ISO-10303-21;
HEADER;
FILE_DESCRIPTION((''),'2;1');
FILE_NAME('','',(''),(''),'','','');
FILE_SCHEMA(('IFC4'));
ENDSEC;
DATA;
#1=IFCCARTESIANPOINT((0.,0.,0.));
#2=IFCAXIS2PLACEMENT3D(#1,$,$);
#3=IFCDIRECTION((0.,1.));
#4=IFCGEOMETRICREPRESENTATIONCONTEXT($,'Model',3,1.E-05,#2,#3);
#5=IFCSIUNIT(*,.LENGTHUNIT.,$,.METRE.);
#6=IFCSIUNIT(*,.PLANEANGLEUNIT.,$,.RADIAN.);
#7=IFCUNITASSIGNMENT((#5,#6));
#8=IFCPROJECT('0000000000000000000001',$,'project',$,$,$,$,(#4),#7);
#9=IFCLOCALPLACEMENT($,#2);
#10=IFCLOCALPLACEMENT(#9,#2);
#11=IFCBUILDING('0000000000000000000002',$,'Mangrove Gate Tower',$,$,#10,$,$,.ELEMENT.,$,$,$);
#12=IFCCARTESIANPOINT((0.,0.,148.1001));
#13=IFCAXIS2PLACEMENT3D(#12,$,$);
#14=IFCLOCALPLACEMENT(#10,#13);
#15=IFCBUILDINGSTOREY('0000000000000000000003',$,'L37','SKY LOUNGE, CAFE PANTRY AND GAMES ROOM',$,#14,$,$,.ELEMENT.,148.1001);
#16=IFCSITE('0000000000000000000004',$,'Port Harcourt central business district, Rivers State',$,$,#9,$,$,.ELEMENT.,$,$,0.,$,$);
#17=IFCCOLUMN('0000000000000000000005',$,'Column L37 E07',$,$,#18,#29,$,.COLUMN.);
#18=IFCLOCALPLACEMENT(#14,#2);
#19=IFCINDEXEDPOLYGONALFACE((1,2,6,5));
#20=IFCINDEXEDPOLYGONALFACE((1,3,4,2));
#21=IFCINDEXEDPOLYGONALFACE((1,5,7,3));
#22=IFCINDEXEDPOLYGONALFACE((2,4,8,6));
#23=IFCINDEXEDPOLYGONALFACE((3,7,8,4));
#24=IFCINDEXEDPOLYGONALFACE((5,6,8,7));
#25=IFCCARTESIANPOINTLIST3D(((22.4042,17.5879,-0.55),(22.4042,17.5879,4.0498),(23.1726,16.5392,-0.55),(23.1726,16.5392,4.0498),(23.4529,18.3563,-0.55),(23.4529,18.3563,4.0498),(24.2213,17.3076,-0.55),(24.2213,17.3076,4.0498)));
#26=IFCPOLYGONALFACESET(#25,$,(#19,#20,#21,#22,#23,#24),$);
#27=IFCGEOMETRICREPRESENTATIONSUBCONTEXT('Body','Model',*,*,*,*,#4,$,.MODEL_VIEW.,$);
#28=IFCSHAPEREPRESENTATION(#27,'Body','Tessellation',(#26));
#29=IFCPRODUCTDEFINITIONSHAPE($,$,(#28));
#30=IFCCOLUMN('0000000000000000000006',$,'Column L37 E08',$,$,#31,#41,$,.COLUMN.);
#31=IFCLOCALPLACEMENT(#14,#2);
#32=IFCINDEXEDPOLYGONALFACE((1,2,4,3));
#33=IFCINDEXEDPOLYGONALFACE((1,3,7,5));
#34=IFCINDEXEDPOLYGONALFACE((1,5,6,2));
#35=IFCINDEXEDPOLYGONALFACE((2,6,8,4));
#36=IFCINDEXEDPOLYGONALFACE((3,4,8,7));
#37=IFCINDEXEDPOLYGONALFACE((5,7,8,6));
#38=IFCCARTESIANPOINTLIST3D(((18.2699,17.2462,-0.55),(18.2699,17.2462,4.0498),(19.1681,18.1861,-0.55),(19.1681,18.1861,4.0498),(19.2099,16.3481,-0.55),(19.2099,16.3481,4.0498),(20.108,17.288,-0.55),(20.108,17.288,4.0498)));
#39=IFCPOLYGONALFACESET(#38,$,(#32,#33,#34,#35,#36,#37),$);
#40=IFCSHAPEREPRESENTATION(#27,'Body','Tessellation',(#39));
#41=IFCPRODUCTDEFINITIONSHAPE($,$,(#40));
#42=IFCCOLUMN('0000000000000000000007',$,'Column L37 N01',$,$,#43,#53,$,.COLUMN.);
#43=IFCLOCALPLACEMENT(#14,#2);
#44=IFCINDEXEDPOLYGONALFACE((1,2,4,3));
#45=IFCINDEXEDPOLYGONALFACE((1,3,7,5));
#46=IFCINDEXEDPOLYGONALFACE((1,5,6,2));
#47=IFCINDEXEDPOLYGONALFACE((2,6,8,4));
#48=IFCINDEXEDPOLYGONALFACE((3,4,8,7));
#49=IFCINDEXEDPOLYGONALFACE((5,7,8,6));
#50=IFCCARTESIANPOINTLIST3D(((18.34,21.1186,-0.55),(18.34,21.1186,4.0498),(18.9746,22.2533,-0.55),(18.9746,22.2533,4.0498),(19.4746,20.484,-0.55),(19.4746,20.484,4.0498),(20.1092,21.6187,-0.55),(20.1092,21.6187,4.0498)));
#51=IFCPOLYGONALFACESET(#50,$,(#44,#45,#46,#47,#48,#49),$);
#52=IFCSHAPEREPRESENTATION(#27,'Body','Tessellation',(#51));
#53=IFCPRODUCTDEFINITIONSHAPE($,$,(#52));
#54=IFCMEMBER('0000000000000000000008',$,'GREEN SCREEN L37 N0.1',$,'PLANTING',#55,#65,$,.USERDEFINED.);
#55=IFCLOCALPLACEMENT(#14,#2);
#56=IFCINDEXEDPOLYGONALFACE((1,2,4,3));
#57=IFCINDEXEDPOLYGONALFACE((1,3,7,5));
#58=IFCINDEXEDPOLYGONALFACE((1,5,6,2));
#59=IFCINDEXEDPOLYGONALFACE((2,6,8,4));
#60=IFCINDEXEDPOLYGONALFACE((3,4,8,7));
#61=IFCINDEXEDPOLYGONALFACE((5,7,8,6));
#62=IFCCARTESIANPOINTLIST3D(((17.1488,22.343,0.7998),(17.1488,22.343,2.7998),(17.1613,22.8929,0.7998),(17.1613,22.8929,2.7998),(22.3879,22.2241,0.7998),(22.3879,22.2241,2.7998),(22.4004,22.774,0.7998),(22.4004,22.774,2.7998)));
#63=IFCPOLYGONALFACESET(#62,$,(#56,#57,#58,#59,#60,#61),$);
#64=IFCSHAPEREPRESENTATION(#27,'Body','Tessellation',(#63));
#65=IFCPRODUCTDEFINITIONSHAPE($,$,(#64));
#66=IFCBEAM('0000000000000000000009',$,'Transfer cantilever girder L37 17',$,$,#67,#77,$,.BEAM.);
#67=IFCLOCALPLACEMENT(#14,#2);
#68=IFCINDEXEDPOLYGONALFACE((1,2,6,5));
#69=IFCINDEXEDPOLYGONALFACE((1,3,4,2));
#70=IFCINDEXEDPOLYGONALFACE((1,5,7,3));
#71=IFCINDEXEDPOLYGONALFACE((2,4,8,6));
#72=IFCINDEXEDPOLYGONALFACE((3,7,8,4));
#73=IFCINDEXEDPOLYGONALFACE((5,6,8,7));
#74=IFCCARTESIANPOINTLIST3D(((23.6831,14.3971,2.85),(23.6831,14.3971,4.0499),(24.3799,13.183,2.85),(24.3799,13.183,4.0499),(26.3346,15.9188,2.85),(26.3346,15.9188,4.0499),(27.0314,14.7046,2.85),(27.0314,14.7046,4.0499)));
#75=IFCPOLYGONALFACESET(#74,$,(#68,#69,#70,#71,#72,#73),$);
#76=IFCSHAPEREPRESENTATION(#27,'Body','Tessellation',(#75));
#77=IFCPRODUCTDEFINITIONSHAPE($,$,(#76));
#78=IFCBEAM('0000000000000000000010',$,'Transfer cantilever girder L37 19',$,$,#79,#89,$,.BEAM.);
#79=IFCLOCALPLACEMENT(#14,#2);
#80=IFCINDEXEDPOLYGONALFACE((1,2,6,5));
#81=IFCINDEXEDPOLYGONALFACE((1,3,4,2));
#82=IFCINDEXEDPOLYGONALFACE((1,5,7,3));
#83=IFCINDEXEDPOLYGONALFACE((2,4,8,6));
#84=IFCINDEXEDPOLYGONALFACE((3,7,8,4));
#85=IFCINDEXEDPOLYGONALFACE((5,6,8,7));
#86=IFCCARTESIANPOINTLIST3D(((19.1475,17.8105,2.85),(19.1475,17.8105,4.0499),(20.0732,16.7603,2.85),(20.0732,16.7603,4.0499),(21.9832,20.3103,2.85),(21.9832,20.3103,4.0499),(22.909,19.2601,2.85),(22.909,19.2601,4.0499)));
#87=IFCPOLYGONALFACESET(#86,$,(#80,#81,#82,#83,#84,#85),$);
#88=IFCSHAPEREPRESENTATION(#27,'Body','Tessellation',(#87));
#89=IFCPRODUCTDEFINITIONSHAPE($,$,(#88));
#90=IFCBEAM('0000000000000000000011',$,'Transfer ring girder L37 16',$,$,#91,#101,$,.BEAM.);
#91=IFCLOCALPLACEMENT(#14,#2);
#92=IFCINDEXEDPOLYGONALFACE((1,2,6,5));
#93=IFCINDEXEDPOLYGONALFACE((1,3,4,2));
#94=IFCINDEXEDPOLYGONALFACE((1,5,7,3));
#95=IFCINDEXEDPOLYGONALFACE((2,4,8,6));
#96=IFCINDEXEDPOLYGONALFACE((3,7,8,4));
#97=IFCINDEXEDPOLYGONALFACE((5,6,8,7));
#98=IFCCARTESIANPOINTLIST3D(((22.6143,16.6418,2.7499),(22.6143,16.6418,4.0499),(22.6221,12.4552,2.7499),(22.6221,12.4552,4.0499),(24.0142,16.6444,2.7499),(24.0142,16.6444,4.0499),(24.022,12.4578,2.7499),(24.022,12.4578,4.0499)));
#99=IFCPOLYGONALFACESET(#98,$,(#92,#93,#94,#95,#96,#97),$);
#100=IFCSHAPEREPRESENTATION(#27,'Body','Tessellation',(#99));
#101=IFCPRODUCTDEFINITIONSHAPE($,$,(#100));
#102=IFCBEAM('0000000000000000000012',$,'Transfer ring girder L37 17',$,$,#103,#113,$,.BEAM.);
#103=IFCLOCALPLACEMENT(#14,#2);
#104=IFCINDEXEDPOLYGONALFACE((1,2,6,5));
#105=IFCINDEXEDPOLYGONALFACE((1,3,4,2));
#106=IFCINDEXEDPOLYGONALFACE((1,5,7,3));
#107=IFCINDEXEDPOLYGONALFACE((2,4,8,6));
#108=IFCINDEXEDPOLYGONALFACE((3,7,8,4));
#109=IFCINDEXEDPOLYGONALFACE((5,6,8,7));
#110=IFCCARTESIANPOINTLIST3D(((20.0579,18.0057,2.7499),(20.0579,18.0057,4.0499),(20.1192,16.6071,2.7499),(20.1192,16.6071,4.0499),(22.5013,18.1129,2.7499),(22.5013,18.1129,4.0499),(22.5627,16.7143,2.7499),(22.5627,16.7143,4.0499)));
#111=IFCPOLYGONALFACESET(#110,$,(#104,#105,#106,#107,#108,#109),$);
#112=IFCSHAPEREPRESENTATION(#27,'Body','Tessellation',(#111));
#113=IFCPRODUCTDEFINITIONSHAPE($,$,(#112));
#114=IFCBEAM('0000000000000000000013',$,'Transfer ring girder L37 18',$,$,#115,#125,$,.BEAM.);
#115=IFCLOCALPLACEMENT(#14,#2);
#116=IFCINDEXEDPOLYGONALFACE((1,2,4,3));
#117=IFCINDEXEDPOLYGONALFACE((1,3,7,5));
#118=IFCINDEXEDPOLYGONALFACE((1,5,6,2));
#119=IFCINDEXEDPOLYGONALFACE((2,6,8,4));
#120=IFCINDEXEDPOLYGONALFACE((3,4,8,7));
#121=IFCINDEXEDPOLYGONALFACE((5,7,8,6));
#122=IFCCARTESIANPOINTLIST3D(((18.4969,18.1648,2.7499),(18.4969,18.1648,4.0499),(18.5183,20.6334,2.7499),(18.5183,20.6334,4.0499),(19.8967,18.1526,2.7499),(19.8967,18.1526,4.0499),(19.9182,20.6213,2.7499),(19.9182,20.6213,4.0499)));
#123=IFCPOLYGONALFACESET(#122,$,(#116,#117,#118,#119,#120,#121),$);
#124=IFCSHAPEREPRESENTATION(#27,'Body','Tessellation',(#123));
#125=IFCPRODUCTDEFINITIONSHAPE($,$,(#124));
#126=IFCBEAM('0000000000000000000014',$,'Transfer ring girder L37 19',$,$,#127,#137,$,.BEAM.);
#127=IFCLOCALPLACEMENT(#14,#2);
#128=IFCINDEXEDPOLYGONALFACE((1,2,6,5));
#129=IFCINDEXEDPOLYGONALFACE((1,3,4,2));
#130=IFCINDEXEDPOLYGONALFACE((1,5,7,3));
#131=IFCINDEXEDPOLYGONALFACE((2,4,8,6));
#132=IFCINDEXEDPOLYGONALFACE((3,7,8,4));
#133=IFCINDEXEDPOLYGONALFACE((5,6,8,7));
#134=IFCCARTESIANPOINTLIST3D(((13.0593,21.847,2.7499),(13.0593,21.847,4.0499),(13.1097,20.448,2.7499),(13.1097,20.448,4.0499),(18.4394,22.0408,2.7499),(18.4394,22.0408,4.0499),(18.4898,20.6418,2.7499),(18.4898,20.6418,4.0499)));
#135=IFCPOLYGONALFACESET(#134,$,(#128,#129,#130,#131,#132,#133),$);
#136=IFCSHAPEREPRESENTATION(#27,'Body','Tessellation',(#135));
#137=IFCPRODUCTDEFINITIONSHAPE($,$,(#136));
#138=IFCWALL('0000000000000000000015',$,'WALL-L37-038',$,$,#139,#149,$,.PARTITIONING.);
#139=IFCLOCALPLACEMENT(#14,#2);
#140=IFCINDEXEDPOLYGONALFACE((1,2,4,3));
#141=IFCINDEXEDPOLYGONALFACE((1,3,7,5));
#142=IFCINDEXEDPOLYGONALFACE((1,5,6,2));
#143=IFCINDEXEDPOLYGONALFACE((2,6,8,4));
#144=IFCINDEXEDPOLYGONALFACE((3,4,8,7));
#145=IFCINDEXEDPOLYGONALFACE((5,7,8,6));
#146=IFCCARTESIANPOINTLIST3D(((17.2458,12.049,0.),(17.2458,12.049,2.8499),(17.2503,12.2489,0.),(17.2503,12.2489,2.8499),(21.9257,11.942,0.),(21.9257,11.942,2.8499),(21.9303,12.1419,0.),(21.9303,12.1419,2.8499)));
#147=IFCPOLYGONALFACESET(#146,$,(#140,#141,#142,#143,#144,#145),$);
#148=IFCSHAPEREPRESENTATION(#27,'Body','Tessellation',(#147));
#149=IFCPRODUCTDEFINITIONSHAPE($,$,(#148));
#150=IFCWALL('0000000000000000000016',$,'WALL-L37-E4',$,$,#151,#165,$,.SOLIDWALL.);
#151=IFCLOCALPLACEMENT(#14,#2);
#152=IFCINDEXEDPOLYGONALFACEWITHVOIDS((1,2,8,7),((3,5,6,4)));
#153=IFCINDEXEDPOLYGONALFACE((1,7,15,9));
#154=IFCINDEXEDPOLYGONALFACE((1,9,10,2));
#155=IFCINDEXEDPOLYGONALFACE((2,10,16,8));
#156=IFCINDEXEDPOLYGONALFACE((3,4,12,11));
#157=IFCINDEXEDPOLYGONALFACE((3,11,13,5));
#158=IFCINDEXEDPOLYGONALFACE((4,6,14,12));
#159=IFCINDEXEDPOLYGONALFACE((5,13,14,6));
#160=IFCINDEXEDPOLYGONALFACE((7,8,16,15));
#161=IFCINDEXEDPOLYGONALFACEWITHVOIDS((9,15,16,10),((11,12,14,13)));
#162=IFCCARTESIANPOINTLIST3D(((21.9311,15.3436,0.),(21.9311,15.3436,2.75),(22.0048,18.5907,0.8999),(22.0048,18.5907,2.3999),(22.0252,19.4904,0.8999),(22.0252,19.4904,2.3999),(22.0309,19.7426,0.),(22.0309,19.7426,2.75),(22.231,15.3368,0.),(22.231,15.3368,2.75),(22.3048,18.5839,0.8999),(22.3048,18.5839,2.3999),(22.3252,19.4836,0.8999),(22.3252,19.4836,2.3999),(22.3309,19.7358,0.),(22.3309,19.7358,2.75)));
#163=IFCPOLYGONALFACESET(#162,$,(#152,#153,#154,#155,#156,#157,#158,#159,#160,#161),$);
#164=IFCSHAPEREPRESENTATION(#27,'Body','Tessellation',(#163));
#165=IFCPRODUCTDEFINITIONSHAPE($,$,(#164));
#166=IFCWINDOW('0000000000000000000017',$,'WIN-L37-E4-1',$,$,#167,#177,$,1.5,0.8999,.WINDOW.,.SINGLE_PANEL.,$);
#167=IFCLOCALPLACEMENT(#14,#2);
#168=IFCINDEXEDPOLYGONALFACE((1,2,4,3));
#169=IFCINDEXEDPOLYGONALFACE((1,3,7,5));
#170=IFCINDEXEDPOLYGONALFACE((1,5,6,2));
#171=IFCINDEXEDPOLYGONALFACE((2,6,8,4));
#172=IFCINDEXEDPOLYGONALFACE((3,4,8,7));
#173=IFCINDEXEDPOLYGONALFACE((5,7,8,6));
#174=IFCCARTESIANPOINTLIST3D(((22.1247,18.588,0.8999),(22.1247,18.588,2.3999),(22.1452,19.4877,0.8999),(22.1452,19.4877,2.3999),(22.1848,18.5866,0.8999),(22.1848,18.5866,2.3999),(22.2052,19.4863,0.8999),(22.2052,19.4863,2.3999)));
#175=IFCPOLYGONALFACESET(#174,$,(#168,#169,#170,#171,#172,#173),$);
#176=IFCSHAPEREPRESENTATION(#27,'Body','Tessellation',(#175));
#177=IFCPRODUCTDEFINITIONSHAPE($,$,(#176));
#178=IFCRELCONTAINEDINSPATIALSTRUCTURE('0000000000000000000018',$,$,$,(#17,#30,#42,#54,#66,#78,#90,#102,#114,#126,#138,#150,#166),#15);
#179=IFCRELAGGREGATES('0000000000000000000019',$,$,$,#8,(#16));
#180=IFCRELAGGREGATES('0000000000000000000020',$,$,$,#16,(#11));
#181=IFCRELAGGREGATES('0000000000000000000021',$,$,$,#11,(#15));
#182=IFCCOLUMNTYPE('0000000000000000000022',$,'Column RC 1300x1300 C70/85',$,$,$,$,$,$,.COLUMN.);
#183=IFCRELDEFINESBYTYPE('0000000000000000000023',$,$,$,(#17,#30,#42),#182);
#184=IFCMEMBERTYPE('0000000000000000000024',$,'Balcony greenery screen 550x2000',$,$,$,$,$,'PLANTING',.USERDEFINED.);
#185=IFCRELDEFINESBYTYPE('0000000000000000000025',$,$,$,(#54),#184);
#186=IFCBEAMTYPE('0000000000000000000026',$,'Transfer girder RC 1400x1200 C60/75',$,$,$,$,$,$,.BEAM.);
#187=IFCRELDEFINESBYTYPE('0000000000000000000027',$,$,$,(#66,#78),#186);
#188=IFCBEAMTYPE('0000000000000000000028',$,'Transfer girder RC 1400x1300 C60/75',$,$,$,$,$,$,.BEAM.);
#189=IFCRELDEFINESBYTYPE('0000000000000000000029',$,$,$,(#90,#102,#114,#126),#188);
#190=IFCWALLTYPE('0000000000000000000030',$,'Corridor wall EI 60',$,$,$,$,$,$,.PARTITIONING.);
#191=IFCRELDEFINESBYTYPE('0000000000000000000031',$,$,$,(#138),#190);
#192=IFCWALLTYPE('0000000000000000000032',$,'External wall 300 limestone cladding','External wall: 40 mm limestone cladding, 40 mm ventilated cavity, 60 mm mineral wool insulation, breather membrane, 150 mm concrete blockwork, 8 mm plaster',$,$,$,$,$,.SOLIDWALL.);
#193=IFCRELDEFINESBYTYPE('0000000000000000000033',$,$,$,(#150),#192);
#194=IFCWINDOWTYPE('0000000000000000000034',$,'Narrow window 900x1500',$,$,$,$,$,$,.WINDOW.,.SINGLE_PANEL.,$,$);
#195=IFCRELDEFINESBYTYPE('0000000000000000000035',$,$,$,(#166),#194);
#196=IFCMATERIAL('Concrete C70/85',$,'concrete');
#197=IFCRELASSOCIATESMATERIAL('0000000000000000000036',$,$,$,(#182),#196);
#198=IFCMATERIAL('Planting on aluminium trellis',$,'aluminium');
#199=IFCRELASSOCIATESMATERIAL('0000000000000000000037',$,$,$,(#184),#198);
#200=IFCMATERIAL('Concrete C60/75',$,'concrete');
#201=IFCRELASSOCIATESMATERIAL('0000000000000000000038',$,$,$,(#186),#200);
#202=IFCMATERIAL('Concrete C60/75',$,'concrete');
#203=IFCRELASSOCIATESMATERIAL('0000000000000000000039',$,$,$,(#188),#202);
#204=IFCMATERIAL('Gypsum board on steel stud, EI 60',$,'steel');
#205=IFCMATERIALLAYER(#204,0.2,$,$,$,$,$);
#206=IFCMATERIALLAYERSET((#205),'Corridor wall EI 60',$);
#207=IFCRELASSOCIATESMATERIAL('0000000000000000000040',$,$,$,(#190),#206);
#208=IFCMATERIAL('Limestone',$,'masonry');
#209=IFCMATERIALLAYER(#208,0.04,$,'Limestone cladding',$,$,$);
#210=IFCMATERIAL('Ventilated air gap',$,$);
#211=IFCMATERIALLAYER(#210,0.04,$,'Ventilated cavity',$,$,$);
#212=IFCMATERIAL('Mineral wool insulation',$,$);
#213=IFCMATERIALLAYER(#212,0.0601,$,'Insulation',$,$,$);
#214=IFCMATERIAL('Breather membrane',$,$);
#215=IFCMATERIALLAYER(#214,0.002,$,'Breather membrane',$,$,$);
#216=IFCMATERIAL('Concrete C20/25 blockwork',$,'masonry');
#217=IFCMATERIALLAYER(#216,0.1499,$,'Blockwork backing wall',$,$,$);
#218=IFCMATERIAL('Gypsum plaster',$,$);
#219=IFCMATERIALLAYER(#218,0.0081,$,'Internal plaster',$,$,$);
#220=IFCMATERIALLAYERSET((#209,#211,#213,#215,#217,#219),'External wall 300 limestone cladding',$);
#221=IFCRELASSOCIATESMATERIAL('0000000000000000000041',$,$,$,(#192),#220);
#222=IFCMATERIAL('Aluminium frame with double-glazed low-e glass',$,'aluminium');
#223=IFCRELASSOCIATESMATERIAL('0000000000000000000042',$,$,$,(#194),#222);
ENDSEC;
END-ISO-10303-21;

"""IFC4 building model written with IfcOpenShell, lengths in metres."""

from ifc_helpers import new_model, si_unit, direction, frame, frame_2d, origin, origin_2d, place, context, subcontext, project, spatial, rectangle, extrude, material, layer, layer_set, material_profile, profile_set, type_object, element, fill, save


model = new_model("IFC4")

# Units and contexts
model_context = context("Model", 3, precision=1e-05, world=origin(), true_north=direction((0.0, 1.0)))
body_context = subcontext(model_context, "Body", "Model", "MODEL_VIEW")
ifc_project = project(units=[si_unit("LENGTHUNIT", "METRE"), si_unit("PLANEANGLEUNIT", "RADIAN")], contexts=[model_context])

# Site, building, storey
site_placement = place(None, origin())
site = spatial("IfcSite", under=ifc_project, at=site_placement, Name="Port Harcourt central business district, Rivers State", CompositionType="ELEMENT", RefElevation=0.0)
building_placement = place(site_placement, origin())
building = spatial("IfcBuilding", under=site, at=building_placement, Name="Mangrove Gate Tower", CompositionType="ELEMENT")
storey_placement = place(building_placement, frame((0.0, 0.0, 148.1001)))
storey = spatial("IfcBuildingStorey", under=building, at=storey_placement, Name="L37", Description="SKY LOUNGE, CAFE PANTRY AND GAMES ROOM", CompositionType="ELEMENT", Elevation=148.1001)

# Columns
ifc_material_1 = material(Name="Concrete C70/85", Category="concrete")
ifc_material_profile_1 = material_profile(ifc_material_1, rectangle(XDim=1.3, YDim=1.3, at=origin_2d()))
ifc_profile_set_1 = profile_set([ifc_material_profile_1], Name="Concrete C70/85")
column_type = type_object("IfcColumnType", Name="Column RC 1300x1300 C70/85", PredefinedType="COLUMN", material=ifc_profile_set_1)
for number, where, z_axis, x_axis, name in (
    (1, (23.3127, 17.4478, -0.55), (0.0, 0.0, 1.0), (-0.591062, 0.806626, 0.0), "Column L37 E07"),
    (2, (19.189, 17.2671, -0.55), (0.0, 0.0, 1.0), (-0.723, 0.690848, 0.0), "Column L37 E08"),
    (3, (19.2246, 21.3687, -0.55), (0.0, 0.0, 1.0), (-0.872768, 0.488136, 0.0), "Column L37 N01"),
):
    element("IfcColumn", number, at=place(storey_placement, frame(where, z_axis=z_axis, x_axis=x_axis)), inside=storey, type_object=column_type, Name=name, PredefinedType="COLUMN", context=body_context, shape_type="SweptSolid", body=[
        extrude(rectangle(XDim=1.3, YDim=1.3, at=origin_2d()), origin(), (0.0, 0.0, 1.0), 4.5999),
    ])

# Member
ifc_material_2 = material(Name="Planting on aluminium trellis", Category="aluminium")
ifc_material_profile_2 = material_profile(ifc_material_2, rectangle(XDim=0.55, YDim=2.0, at=origin_2d()))
ifc_profile_set_2 = profile_set([ifc_material_profile_2], Name="Planting on aluminium trellis")
member_type = type_object("IfcMemberType", Name="Balcony greenery screen 550x2000", ElementType="PLANTING", PredefinedType="USERDEFINED", material=ifc_profile_set_2)
member_placement = place(storey_placement, frame((17.155, 22.6179, 1.7998), z_axis=(0.999743, -0.022689, 0.0), x_axis=(0.022689, 0.999743, 0.0)))
element("IfcMember", 4, at=member_placement, inside=storey, type_object=member_type, Name="GREEN SCREEN L37 N0.1", ObjectType="PLANTING", PredefinedType="USERDEFINED", context=body_context, shape_type="SweptSolid", body=[
    extrude(rectangle(XDim=0.55, YDim=2.0, at=origin_2d()), origin(), (0.0, 0.0, 1.0), 5.2405),
])

# Beams
ifc_material_3 = material(Name="Concrete C60/75", Category="concrete")
ifc_material_profile_3 = material_profile(ifc_material_3, rectangle(XDim=1.3999, YDim=1.2, at=origin_2d()))
ifc_profile_set_3 = profile_set([ifc_material_profile_3], Name="Concrete C60/75")
beam_type_1 = type_object("IfcBeamType", Name="Transfer girder RC 1400x1200 C60/75", PredefinedType="BEAM", material=ifc_profile_set_3)
beam_1_placement = place(storey_placement, frame((24.0315, 13.79, 3.45), z_axis=(0.867323, 0.497746, 0.0), x_axis=(-0.497746, 0.867323, 0.0)))
element("IfcBeam", 5, at=beam_1_placement, inside=storey, type_object=beam_type_1, Name="Transfer cantilever girder L37 17", PredefinedType="BEAM", context=body_context, shape_type="SweptSolid", body=[
    extrude(rectangle(XDim=1.3999, YDim=1.2, at=origin_2d()), origin(), (0.0, 0.0, 1.0), 3.0571),
])
beam_2_placement = place(storey_placement, frame((19.6104, 17.2854, 3.45), z_axis=(0.750143, 0.661276, 0.0), x_axis=(-0.661276, 0.750143, 0.0)))
element("IfcBeam", 6, at=beam_2_placement, inside=storey, type_object=beam_type_1, Name="Transfer cantilever girder L37 19", PredefinedType="BEAM", context=body_context, shape_type="SweptSolid", body=[
    extrude(rectangle(XDim=1.3999, YDim=1.2, at=origin_2d()), origin(), (0.0, 0.0, 1.0), 3.7803),
])
ifc_material_4 = material(Name="Concrete C60/75", Category="concrete")
ifc_material_profile_4 = material_profile(ifc_material_4, rectangle(XDim=1.3999, YDim=1.3, at=origin_2d()))
ifc_profile_set_4 = profile_set([ifc_material_profile_4], Name="Concrete C60/75")
beam_type_2 = type_object("IfcBeamType", Name="Transfer girder RC 1400x1300 C60/75", PredefinedType="BEAM", material=ifc_profile_set_4)
beam_3_placement = place(storey_placement, frame((23.322, 12.4565, 3.3999), z_axis=(-0.001866, 0.999998, 0.0), x_axis=(-0.999998, -0.001866, 0.0)))
element("IfcBeam", 7, at=beam_3_placement, inside=storey, type_object=beam_type_2, Name="Transfer ring girder L37 16", PredefinedType="BEAM", context=body_context, shape_type="SweptSolid", body=[
    extrude(rectangle(XDim=1.3999, YDim=1.3, at=origin_2d()), origin(), (0.0, 0.0, 1.0), 4.1865),
])
beam_4_placement = place(storey_placement, frame((22.532, 17.4136, 3.3999), z_axis=(-0.999039, -0.043823, 0.0), x_axis=(0.043823, -0.999039, 0.0)))
element("IfcBeam", 8, at=beam_4_placement, inside=storey, type_object=beam_type_2, Name="Transfer ring girder L37 17", PredefinedType="BEAM", context=body_context, shape_type="SweptSolid", body=[
    extrude(rectangle(XDim=1.3999, YDim=1.3, at=origin_2d()), origin(), (0.0, 0.0, 1.0), 2.4458),
])
beam_5_placement = place(storey_placement, frame((19.1968, 18.1587, 3.3999), z_axis=(0.008702, 0.999962, 0.0), x_axis=(-0.999962, 0.008702, 0.0)))
element("IfcBeam", 9, at=beam_5_placement, inside=storey, type_object=beam_type_2, Name="Transfer ring girder L37 18", PredefinedType="BEAM", context=body_context, shape_type="SweptSolid", body=[
    extrude(rectangle(XDim=1.3999, YDim=1.3, at=origin_2d()), origin(), (0.0, 0.0, 1.0), 2.4688),
])
beam_6_placement = place(storey_placement, frame((18.4646, 21.3413, 3.3999), z_axis=(-0.999352, -0.036007, 0.0), x_axis=(0.036007, -0.999352, 0.0)))
element("IfcBeam", 10, at=beam_6_placement, inside=storey, type_object=beam_type_2, Name="Transfer ring girder L37 19", PredefinedType="BEAM", context=body_context, shape_type="SweptSolid", body=[
    extrude(rectangle(XDim=1.3999, YDim=1.3, at=origin_2d()), origin(), (0.0, 0.0, 1.0), 5.3835),
])

# Wall
ifc_material_5 = material(Name="Gypsum board on steel stud, EI 60", Category="steel")
ifc_layer_1 = layer(ifc_material_5, 0.2)
ifc_layer_set_1 = layer_set([ifc_layer_1], Name="Corridor wall EI 60")
wall_type_1 = type_object("IfcWallType", Name="Corridor wall EI 60", PredefinedType="PARTITIONING", material=ifc_layer_set_1)
wall_1_placement = place(storey_placement, frame((17.248, 12.1489, 0.0), z_axis=(0.0, 0.0, 1.0), x_axis=(0.999739, -0.022843, 0.0)))
element("IfcWall", 11, at=wall_1_placement, inside=storey, type_object=wall_type_1, Name="WALL-L37-038", PredefinedType="PARTITIONING", context=body_context, shape_type="SweptSolid", body=[
    extrude(rectangle(XDim=4.6812, YDim=0.2, at=frame_2d((2.3406, 0.0))), origin(), (0.0, 0.0, 1.0), 2.8499),
])

# Shared definitions
ifc_material_6 = material(Name="Limestone", Category="masonry")
ifc_layer_2 = layer(ifc_material_6, 0.04, Name="Limestone cladding")
ifc_material_7 = material(Name="Ventilated air gap")
ifc_layer_3 = layer(ifc_material_7, 0.04, Name="Ventilated cavity")
ifc_material_8 = material(Name="Mineral wool insulation")
ifc_layer_4 = layer(ifc_material_8, 0.0601, Name="Insulation")
ifc_material_9 = material(Name="Breather membrane")
ifc_layer_5 = layer(ifc_material_9, 0.002, Name="Breather membrane")
ifc_material_10 = material(Name="Concrete C20/25 blockwork", Category="masonry")
ifc_layer_6 = layer(ifc_material_10, 0.1499, Name="Blockwork backing wall")
ifc_material_11 = material(Name="Gypsum plaster")
ifc_layer_7 = layer(ifc_material_11, 0.0081, Name="Internal plaster")
ifc_layer_set_2 = layer_set([ifc_layer_2, ifc_layer_3, ifc_layer_4, ifc_layer_5, ifc_layer_6, ifc_layer_7], Name="External wall 300 limestone cladding")
wall_type_2 = type_object("IfcWallType", Name="External wall 300 limestone cladding", Description="External wall: 40 mm limestone cladding, 40 mm ventilated cavity, 60 mm mineral wool insulation, breather membrane, 150 mm concrete blockwork, 8 mm plaster", PredefinedType="SOLIDWALL", material=ifc_layer_set_2)

# Wall, opening, window
wall_2_placement = place(storey_placement, frame((22.0811, 15.3401, 0.0), z_axis=(0.0, 0.0, 1.0), x_axis=(0.022694, 0.999742, 0.0)))
wall_2 = element("IfcWall", 12, at=wall_2_placement, inside=storey, type_object=wall_type_2, Name="WALL-L37-E4", PredefinedType="SOLIDWALL", context=body_context, shape_type="SweptSolid", body=[
    extrude(rectangle(XDim=4.4001, YDim=0.3, at=frame_2d((2.2002, 0.0))), origin(), (0.0, 0.0, 1.0), 2.75),
])
opening_1_placement = place(wall_2_placement, frame((3.248, 0.0, 0.8999)))
opening_1 = element("IfcOpeningElement", 13, at=opening_1_placement, cuts=wall_2, PredefinedType="OPENING", context=body_context, shape_type="SweptSolid", body=[
    extrude(rectangle(XDim=0.8999, YDim=1.5, at=frame_2d((0.45, 0.75))), frame((0.0, 0.1599, 0.0), z_axis=(0.0, -1.0, 0.0), x_axis=(1.0, 0.0, 0.0)), (0.0, 0.0, 1.0), 0.3201),
])
ifc_material_12 = material(Name="Aluminium frame with double-glazed low-e glass", Category="aluminium")
window_type_1 = type_object("IfcWindowType", Name="Narrow window 900x1500", PartitioningType="SINGLE_PANEL", PredefinedType="WINDOW", material=ifc_material_12)
window_1_placement = place(opening_1_placement, origin())
window_1 = element("IfcWindow", 14, at=window_1_placement, inside=storey, type_object=window_type_1, Name="WIN-L37-E4-1", OverallHeight=1.5, OverallWidth=0.8999, PartitioningType="SINGLE_PANEL", PredefinedType="WINDOW", context=body_context, shape_type="SweptSolid", body=[
    extrude(rectangle(XDim=0.8999, YDim=1.5, at=frame_2d((0.45, 0.75))), frame((0.0, 0.03, 0.0), z_axis=(0.0, -1.0, 0.0), x_axis=(1.0, 0.0, 0.0)), (0.0, 0.0, 1.0), 0.0601),
])
fill(opening_1, window_1)

save(model, "model.ifc")
